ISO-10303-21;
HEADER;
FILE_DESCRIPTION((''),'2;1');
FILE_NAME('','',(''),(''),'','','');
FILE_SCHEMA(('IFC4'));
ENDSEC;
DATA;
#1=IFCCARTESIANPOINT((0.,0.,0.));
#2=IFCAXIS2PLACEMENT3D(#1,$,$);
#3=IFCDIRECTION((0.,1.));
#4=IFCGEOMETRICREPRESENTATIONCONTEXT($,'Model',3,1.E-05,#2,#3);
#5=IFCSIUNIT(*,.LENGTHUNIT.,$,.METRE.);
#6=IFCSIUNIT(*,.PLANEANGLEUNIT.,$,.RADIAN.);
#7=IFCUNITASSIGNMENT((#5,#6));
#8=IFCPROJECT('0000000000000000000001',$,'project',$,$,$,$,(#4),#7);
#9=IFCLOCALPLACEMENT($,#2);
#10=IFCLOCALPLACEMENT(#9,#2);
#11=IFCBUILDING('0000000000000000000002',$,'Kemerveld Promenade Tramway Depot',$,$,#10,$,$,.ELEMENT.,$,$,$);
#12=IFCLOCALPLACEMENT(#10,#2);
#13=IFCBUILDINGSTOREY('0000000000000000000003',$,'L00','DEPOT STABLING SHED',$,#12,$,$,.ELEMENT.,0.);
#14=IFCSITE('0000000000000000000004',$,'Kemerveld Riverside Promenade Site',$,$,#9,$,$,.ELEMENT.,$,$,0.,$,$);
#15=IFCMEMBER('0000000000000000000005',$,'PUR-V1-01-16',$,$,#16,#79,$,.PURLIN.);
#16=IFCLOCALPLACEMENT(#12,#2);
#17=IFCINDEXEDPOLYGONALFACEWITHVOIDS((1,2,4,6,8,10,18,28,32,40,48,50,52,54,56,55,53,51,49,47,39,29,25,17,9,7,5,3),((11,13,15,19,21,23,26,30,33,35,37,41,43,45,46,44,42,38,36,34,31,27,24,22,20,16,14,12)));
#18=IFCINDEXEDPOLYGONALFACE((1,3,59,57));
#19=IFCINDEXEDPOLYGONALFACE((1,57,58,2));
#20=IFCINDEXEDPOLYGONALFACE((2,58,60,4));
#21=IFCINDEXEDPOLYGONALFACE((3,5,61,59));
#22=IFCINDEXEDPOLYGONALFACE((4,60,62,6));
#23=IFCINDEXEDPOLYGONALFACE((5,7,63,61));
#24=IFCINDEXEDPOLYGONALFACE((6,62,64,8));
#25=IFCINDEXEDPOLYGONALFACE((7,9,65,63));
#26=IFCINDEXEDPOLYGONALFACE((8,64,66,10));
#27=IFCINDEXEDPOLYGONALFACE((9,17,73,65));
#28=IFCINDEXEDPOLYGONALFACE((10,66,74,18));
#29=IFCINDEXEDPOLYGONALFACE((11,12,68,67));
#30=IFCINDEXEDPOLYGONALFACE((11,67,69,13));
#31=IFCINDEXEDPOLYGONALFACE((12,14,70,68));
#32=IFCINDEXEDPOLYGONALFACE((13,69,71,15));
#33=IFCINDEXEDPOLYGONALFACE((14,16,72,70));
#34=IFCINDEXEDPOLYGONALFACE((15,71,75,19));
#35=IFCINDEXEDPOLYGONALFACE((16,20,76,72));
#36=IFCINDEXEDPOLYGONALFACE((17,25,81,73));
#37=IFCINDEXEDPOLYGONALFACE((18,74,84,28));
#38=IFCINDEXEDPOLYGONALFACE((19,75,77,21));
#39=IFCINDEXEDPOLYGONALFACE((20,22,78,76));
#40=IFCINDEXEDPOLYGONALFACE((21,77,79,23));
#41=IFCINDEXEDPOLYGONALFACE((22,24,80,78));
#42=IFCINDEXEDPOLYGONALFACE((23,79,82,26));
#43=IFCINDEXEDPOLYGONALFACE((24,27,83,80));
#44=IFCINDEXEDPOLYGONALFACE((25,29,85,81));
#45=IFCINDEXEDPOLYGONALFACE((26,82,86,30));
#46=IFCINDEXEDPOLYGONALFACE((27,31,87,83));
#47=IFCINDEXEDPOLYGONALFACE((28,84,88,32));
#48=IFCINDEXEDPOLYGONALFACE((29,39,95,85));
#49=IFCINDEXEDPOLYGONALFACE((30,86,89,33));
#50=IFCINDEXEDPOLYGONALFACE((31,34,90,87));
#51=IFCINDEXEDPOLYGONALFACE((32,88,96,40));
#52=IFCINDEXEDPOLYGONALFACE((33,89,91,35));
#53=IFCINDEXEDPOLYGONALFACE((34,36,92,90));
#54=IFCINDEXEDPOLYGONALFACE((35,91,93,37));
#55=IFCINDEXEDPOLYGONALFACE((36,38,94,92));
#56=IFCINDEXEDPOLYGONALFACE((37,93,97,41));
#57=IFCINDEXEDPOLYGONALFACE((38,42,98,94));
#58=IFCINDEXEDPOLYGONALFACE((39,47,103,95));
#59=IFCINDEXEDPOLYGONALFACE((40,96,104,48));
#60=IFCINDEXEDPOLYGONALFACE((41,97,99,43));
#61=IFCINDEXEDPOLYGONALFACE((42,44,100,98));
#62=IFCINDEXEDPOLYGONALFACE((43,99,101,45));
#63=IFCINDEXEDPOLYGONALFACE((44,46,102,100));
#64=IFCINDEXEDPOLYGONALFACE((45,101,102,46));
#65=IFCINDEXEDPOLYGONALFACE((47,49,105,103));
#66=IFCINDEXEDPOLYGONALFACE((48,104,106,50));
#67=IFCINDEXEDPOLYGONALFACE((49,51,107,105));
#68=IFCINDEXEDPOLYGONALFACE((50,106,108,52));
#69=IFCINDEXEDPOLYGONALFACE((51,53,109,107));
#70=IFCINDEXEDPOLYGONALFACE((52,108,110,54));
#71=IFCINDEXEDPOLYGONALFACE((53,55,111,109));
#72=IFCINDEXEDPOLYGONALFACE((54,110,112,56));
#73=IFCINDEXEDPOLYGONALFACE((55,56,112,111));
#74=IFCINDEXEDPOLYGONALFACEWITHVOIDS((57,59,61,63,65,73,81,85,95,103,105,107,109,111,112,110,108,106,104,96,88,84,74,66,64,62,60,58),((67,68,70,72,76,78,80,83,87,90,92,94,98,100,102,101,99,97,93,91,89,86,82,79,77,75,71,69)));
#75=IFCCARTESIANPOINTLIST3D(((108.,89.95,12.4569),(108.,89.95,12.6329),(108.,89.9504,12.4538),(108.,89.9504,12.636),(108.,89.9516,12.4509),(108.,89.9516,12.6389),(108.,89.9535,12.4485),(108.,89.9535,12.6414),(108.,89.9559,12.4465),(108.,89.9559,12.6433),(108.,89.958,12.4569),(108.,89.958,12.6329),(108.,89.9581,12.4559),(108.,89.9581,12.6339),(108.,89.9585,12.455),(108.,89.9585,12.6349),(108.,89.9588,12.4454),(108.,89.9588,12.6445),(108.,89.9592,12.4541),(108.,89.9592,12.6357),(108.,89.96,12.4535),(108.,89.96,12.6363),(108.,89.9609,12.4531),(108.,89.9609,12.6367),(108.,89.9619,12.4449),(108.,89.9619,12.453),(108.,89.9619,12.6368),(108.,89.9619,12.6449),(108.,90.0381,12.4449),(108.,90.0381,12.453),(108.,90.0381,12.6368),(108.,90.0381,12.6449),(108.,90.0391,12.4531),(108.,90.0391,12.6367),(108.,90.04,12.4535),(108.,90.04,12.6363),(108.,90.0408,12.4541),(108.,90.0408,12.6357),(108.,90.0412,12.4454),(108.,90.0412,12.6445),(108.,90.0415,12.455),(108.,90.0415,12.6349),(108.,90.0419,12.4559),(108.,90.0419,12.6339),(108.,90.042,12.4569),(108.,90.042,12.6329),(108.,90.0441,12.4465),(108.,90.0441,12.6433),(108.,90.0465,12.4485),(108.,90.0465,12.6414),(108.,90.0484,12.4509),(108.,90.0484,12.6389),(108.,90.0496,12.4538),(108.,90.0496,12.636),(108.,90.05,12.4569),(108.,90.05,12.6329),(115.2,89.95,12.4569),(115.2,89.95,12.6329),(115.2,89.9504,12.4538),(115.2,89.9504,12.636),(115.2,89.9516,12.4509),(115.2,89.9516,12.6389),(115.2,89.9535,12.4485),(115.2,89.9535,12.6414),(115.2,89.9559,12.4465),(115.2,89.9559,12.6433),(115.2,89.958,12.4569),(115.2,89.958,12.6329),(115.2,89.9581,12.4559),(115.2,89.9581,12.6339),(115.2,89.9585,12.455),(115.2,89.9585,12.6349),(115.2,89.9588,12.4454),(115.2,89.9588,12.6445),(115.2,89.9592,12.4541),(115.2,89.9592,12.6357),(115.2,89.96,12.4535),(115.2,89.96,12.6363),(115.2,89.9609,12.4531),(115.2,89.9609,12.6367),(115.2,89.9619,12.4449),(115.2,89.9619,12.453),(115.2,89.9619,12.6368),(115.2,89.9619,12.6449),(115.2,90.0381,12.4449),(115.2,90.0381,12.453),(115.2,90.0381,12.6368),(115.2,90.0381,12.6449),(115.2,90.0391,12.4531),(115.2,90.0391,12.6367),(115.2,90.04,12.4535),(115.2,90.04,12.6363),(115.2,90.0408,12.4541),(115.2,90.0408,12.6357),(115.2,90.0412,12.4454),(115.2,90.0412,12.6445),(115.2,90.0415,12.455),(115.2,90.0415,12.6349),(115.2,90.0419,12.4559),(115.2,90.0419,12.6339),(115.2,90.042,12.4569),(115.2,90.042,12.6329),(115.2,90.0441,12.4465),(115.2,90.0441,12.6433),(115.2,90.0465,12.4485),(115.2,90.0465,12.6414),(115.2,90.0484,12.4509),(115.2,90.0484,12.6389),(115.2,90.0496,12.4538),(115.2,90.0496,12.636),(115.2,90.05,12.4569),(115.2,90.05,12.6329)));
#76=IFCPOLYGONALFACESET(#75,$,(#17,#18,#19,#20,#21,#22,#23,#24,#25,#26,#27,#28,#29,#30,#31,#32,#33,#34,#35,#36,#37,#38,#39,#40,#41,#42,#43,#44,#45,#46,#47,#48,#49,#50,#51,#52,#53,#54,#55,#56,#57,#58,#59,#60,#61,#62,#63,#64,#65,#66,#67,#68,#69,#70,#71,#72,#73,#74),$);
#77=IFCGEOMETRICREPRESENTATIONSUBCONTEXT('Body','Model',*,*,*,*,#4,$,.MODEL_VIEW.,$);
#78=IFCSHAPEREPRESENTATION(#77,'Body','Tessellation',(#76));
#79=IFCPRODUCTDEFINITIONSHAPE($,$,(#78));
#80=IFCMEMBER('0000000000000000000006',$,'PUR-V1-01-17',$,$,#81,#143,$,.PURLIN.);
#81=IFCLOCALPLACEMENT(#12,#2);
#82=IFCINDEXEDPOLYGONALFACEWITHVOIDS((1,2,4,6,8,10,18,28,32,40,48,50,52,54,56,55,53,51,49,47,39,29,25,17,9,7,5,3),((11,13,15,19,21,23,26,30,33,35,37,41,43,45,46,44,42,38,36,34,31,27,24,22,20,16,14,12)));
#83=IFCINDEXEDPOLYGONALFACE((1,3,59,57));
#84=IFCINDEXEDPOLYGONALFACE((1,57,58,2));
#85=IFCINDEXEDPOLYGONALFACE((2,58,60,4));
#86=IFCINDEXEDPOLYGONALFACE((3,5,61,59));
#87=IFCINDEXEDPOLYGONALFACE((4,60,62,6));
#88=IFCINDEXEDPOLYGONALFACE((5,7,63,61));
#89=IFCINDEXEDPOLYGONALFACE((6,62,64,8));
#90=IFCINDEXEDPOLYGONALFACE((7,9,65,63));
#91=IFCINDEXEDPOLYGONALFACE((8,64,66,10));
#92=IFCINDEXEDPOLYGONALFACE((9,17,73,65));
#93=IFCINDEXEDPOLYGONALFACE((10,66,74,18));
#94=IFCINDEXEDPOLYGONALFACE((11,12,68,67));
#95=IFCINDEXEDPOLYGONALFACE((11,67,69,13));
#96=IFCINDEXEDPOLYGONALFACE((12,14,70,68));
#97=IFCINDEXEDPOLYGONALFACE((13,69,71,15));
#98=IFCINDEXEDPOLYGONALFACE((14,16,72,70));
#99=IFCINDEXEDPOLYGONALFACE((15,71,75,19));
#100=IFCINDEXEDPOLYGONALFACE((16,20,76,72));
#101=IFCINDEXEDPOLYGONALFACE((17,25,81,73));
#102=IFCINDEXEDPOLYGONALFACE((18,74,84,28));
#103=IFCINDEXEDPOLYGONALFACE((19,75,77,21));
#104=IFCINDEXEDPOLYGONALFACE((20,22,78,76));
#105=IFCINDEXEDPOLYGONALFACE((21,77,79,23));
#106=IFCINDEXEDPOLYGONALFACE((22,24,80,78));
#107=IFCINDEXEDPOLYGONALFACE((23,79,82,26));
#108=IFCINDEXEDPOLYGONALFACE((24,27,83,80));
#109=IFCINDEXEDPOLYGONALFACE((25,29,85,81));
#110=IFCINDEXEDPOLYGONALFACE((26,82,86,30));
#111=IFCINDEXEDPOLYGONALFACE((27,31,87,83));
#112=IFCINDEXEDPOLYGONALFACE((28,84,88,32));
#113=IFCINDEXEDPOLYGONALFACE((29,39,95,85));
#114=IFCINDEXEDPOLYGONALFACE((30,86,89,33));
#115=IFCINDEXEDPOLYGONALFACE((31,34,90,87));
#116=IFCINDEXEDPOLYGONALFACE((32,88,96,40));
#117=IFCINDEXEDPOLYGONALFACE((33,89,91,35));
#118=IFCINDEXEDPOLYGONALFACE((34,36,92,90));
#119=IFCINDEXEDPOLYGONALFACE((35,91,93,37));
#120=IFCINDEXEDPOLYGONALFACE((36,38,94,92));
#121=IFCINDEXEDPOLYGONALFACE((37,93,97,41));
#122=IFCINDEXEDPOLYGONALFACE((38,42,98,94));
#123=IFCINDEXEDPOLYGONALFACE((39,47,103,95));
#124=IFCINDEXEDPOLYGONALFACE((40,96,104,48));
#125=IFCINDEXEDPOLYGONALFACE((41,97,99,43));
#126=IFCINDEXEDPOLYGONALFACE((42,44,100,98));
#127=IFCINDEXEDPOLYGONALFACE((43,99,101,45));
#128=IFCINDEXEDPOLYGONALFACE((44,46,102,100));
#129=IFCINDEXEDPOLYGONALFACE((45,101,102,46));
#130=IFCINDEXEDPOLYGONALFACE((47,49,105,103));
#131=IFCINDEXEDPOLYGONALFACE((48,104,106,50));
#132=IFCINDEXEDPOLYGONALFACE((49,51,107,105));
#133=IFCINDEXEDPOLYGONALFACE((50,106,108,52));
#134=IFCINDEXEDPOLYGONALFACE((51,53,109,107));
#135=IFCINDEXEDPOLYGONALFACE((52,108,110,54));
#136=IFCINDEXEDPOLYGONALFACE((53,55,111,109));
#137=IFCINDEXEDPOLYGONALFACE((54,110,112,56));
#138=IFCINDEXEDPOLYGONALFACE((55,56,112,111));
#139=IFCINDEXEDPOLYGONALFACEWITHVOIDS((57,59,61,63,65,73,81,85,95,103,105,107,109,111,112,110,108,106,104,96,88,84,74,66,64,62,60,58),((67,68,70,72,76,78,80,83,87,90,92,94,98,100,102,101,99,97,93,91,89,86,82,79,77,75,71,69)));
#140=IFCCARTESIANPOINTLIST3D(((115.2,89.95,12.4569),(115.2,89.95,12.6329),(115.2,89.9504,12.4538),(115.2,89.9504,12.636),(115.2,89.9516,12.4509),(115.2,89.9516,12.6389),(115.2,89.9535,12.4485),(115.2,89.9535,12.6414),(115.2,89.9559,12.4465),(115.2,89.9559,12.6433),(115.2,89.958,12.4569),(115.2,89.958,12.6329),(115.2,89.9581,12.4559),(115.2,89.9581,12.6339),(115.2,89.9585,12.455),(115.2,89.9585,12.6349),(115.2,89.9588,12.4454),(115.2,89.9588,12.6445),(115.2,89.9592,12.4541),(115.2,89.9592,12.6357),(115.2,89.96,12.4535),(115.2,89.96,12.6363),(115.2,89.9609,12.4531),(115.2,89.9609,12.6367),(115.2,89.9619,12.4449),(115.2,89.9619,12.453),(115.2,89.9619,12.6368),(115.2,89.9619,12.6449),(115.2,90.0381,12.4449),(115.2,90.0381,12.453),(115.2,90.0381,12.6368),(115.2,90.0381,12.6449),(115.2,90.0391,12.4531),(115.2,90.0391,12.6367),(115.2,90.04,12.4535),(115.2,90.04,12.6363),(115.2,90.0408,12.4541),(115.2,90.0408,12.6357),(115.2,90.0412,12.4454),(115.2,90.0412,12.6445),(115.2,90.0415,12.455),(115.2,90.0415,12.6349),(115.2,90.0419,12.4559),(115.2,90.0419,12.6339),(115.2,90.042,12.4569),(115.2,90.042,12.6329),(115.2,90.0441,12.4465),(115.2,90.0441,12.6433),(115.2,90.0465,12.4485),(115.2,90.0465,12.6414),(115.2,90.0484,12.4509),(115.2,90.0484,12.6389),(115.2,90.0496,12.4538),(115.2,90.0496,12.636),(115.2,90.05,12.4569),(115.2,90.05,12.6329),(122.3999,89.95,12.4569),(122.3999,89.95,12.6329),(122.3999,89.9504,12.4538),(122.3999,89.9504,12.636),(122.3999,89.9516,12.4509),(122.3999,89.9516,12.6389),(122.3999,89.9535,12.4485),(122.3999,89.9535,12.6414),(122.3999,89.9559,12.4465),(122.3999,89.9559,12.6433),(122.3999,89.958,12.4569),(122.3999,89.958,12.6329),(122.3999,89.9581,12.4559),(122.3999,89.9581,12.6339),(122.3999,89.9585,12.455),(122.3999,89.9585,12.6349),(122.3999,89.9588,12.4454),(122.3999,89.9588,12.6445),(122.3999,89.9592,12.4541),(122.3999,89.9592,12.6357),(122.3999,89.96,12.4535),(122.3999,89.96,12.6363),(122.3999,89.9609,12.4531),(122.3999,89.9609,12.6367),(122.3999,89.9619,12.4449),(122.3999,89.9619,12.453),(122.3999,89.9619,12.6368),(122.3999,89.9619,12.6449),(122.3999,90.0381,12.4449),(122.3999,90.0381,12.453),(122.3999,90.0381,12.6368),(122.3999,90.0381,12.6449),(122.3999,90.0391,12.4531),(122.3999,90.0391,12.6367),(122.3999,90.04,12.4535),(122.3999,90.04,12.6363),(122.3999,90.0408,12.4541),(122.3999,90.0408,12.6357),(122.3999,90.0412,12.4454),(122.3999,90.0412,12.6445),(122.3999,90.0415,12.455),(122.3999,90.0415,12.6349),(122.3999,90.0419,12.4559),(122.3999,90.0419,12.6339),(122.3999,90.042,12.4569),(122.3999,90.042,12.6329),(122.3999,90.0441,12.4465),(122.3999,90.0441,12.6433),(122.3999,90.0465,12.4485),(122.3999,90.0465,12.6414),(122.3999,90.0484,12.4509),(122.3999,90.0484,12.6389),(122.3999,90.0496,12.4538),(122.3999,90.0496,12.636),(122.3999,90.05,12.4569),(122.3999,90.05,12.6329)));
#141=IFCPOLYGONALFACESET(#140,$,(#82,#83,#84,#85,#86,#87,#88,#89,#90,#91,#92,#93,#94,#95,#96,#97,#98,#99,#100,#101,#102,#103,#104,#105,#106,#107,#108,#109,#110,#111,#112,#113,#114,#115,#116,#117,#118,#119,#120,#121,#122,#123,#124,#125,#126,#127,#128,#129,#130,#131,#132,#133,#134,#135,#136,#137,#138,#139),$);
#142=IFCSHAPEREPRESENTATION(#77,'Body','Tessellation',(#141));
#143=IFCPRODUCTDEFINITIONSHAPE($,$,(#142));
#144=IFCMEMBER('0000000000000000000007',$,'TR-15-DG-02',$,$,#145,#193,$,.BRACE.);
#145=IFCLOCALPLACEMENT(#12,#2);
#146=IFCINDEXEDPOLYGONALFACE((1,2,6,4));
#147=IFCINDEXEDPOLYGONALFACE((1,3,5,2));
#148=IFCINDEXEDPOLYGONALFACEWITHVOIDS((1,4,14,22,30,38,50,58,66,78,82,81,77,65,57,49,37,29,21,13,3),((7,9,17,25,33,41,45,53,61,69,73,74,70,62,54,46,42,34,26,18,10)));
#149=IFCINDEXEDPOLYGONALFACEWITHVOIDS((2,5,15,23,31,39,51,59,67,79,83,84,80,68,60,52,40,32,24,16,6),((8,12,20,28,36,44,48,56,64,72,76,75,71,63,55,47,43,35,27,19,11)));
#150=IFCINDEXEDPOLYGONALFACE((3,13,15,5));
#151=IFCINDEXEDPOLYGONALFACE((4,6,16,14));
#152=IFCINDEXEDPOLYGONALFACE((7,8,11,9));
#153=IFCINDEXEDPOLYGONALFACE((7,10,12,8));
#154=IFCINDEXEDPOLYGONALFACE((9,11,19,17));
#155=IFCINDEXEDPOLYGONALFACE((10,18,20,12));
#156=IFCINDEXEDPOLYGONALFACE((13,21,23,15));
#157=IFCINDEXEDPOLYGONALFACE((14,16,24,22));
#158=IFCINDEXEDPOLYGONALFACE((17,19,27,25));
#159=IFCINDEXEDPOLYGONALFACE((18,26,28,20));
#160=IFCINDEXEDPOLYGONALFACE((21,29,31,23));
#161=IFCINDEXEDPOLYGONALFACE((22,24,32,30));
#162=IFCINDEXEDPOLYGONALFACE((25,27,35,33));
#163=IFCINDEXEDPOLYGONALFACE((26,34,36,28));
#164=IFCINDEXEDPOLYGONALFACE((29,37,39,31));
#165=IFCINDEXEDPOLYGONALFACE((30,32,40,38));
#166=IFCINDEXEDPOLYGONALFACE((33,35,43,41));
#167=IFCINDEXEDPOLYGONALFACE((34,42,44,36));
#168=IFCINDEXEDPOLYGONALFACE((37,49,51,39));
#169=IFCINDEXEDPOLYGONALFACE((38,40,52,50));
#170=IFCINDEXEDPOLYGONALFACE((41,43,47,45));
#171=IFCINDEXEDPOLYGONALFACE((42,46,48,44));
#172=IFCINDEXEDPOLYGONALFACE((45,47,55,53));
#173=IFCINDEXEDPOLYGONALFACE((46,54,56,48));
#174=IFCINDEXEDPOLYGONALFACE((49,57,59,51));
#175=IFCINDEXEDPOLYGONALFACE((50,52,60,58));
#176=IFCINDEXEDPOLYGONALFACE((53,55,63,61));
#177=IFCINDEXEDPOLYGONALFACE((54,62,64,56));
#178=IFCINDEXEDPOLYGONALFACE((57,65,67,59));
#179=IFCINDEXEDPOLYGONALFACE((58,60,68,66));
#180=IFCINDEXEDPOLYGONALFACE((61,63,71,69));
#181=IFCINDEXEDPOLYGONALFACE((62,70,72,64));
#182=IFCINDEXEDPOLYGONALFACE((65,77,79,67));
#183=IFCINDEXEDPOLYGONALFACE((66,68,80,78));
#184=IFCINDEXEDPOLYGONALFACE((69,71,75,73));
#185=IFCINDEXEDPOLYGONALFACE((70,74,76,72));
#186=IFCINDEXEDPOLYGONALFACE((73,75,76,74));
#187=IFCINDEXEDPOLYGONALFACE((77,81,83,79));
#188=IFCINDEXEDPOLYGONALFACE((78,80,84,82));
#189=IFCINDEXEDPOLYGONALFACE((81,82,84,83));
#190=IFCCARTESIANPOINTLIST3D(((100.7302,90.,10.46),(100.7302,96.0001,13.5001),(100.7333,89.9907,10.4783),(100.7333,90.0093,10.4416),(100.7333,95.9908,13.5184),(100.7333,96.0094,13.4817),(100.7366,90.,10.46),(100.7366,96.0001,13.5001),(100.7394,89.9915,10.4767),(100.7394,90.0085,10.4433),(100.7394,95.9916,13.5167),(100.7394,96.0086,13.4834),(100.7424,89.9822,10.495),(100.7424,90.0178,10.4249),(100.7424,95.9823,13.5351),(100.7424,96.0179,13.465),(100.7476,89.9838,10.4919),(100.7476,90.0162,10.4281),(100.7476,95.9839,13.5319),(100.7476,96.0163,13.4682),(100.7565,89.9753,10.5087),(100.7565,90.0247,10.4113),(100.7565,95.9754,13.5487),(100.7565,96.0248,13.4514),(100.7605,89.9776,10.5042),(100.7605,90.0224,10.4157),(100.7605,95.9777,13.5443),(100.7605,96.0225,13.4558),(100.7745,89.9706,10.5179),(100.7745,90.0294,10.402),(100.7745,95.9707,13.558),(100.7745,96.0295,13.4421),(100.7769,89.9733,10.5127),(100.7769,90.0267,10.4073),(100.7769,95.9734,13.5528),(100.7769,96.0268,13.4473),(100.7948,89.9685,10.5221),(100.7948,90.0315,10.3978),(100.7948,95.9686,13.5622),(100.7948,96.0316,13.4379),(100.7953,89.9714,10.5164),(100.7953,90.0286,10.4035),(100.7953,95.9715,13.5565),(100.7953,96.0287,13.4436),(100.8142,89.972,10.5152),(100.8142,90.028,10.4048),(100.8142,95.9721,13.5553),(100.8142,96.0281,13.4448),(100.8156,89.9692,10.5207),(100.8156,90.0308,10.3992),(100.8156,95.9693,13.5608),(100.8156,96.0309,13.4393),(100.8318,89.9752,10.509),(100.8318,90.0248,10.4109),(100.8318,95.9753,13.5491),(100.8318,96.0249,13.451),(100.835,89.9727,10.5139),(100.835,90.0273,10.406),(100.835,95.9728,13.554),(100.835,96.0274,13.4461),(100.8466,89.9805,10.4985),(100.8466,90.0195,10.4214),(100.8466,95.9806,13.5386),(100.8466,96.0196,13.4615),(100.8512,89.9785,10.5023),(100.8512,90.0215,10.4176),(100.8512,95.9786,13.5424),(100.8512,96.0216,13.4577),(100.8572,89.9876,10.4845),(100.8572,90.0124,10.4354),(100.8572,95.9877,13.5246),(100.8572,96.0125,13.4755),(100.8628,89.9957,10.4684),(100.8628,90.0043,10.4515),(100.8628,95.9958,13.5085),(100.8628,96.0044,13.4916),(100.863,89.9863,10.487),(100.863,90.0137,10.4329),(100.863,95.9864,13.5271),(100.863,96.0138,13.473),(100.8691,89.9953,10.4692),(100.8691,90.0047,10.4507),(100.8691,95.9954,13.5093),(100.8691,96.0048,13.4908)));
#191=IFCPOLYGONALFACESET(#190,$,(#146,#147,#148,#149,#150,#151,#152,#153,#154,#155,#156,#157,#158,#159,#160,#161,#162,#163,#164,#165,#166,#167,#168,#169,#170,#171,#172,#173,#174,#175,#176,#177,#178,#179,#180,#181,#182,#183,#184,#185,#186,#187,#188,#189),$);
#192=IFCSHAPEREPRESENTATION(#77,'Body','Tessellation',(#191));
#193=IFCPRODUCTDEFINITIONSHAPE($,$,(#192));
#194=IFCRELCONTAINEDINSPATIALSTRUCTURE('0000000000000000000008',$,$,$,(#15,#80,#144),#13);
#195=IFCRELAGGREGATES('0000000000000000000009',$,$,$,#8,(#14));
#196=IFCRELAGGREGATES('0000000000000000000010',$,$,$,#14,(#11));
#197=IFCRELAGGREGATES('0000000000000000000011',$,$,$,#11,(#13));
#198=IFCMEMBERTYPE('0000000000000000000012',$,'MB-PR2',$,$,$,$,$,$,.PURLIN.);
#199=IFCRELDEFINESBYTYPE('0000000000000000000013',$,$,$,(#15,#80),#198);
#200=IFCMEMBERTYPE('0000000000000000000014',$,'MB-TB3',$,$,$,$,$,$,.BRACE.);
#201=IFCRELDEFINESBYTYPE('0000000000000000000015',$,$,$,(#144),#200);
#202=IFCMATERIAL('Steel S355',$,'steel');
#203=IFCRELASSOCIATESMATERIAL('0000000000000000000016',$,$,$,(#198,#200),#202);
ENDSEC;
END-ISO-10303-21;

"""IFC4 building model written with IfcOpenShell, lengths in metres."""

from ifc_helpers import new_model, si_unit, direction, frame, origin, origin_2d, place, context, subcontext, project, spatial, hollow_rectangle, hollow_circle, extrude, material, material_profile, profile_set, type_object, element, save


model = new_model("IFC4")

# Units and contexts
model_context = context("Model", 3, precision=1e-05, world=origin(), true_north=direction((0.0, 1.0)))
body_context = subcontext(model_context, "Body", "Model", "MODEL_VIEW")
ifc_project = project(units=[si_unit("LENGTHUNIT", "METRE"), si_unit("PLANEANGLEUNIT", "RADIAN")], contexts=[model_context])

# Site, building, storey
site_placement = place(None, origin())
site = spatial("IfcSite", under=ifc_project, at=site_placement, Name="Kemerveld Riverside Promenade Site", CompositionType="ELEMENT", RefElevation=0.0)
building_placement = place(site_placement, origin())
building = spatial("IfcBuilding", under=site, at=building_placement, Name="Kemerveld Promenade Tramway Depot", CompositionType="ELEMENT")
storey_placement = place(building_placement, origin())
storey = spatial("IfcBuildingStorey", under=building, at=storey_placement, Name="L00", Description="DEPOT STABLING SHED", CompositionType="ELEMENT", Elevation=0.0)

# Members
ifc_material_1 = material(Name="Steel S355", Category="steel")
ifc_material_profile_1 = material_profile(ifc_material_1, hollow_rectangle(XDim=0.1001, YDim=0.2, WallThickness=0.0081, InnerFilletRadius=0.0039, OuterFilletRadius=0.012, at=origin_2d()), Name="200x100x8.0 RHS")
ifc_profile_set_1 = profile_set([ifc_material_profile_1], Name="Steel S355")
member_type_1 = type_object("IfcMemberType", Name="MB-PR2", PredefinedType="PURLIN", material=ifc_profile_set_1)
for number, where, z_axis, x_axis, name in (
    (1, (108.0, 90.0, 12.5449), (1.0, 0.0, 0.0), (0.0, 1.0, 0.0), "PUR-V1-01-16"),
    (2, (115.2, 90.0, 12.5449), (1.0, 0.0, 0.0), (0.0, 1.0, 0.0), "PUR-V1-01-17"),
):
    element("IfcMember", number, at=place(storey_placement, frame(where, z_axis=z_axis, x_axis=x_axis)), inside=storey, type_object=member_type_1, Name=name, PredefinedType="PURLIN", context=body_context, shape_type="SweptSolid", body=[
        extrude(hollow_rectangle(XDim=0.1001, YDim=0.2, WallThickness=0.0081, InnerFilletRadius=0.0039, OuterFilletRadius=0.012, at=origin_2d()), origin(), (0.0, 0.0, 1.0), 7.2),
    ])
ifc_material_profile_2 = material_profile(ifc_material_1, hollow_circle(Radius=0.0698, WallThickness=0.0063, at=origin_2d()), Name="139.7x6.3 CHS")
ifc_profile_set_2 = profile_set([ifc_material_profile_2], Name="Steel S355")
member_type_2 = type_object("IfcMemberType", Name="MB-TB3", PredefinedType="BRACE", material=ifc_profile_set_2)
member_1_placement = place(storey_placement, frame((100.8, 90.0, 10.46), z_axis=(0.0, 0.892033, 0.451969), x_axis=(-1.0, 0.0, 0.0)))
element("IfcMember", 3, at=member_1_placement, inside=storey, type_object=member_type_2, Name="TR-15-DG-02", PredefinedType="BRACE", context=body_context, shape_type="SweptSolid", body=[
    extrude(hollow_circle(Radius=0.0698, WallThickness=0.0063, at=origin_2d()), origin(), (0.0, 0.0, 1.0), 6.7263),
])

save(model, "model.ifc")
